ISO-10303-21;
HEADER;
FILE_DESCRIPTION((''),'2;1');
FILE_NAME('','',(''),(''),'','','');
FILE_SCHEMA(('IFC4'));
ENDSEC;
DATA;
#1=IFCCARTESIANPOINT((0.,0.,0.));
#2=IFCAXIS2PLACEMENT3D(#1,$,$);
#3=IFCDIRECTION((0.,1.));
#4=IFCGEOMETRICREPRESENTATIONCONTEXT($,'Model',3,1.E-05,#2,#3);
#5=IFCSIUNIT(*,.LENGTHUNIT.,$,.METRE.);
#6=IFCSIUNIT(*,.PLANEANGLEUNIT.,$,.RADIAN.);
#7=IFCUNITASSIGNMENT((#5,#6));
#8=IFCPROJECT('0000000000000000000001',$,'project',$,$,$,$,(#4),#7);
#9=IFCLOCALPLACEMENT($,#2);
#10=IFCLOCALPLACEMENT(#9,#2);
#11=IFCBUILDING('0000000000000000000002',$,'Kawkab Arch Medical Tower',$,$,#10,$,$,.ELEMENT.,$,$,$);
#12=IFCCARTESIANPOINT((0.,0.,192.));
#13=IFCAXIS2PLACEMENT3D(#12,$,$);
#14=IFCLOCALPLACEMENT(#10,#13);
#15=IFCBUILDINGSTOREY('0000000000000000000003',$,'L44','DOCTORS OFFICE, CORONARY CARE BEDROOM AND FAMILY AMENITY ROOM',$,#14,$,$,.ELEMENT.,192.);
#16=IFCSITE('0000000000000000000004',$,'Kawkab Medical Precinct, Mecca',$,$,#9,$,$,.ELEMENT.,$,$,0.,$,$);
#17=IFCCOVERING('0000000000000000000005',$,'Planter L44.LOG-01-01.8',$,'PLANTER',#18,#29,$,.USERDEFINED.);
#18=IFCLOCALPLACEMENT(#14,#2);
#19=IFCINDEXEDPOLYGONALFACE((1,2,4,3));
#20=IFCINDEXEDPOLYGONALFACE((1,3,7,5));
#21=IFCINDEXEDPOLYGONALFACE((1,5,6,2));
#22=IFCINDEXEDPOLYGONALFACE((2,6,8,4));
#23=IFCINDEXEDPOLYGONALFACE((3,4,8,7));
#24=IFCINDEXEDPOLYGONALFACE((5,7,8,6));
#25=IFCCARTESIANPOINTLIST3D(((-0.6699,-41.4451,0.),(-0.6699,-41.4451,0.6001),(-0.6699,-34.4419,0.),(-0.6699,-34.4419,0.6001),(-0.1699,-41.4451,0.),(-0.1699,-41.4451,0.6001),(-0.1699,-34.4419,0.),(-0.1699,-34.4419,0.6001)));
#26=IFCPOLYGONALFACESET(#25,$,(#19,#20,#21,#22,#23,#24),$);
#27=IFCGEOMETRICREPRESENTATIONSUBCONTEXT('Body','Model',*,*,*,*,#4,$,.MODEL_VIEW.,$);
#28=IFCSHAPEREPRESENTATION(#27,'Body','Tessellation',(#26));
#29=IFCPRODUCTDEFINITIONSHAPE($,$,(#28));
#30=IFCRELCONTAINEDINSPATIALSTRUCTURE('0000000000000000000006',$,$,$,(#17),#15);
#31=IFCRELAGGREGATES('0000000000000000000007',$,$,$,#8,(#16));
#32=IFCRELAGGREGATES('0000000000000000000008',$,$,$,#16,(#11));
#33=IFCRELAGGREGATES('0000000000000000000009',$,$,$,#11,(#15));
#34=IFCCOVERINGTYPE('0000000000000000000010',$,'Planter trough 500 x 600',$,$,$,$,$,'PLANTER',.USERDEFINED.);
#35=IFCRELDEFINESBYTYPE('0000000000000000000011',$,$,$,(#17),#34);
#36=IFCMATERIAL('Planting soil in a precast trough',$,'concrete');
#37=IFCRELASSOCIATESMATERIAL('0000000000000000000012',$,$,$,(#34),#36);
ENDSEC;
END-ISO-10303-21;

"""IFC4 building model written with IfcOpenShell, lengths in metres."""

from ifc_helpers import new_model, si_unit, direction, frame, origin, origin_2d, place, context, subcontext, project, spatial, rectangle, extrude, material, material_profile, profile_set, type_object, element, save


model = new_model("IFC4")

# Units and contexts
model_context = context("Model", 3, precision=1e-05, world=origin(), true_north=direction((0.0, 1.0)))
body_context = subcontext(model_context, "Body", "Model", "MODEL_VIEW")
ifc_project = project(units=[si_unit("LENGTHUNIT", "METRE"), si_unit("PLANEANGLEUNIT", "RADIAN")], contexts=[model_context])

# Site, building, storey
site_placement = place(None, origin())
site = spatial("IfcSite", under=ifc_project, at=site_placement, Name="Kawkab Medical Precinct, Mecca", CompositionType="ELEMENT", RefElevation=0.0)
building_placement = place(site_placement, origin())
building = spatial("IfcBuilding", under=site, at=building_placement, Name="Kawkab Arch Medical Tower", CompositionType="ELEMENT")
storey_placement = place(building_placement, frame((0.0, 0.0, 192.0)))
storey = spatial("IfcBuildingStorey", under=building, at=storey_placement, Name="L44", Description="DOCTORS OFFICE, CORONARY CARE BEDROOM AND FAMILY AMENITY ROOM", CompositionType="ELEMENT", Elevation=192.0)

# Covering
ifc_material_1 = material(Name="Planting soil in a precast trough", Category="concrete")
ifc_material_profile_1 = material_profile(ifc_material_1, rectangle(XDim=0.5, YDim=0.6001, at=origin_2d()), Name="Trough 500x600")
ifc_profile_set_1 = profile_set([ifc_material_profile_1], Name="Planting soil in a precast trough")
covering_type_1 = type_object("IfcCoveringType", Name="Planter trough 500 x 600", ElementType="PLANTER", PredefinedType="USERDEFINED", material=ifc_profile_set_1)
covering_1_placement = place(storey_placement, frame((-0.4199, -41.4451, 0.3), z_axis=(0.0, 1.0, 0.0), x_axis=(-1.0, 0.0, 0.0)))
element("IfcCovering", 1, at=covering_1_placement, inside=storey, type_object=covering_type_1, Name="Planter L44.LOG-01-01.8", ObjectType="PLANTER", PredefinedType="USERDEFINED", context=body_context, shape_type="SweptSolid", body=[
    extrude(rectangle(XDim=0.5, YDim=0.6001, at=origin_2d()), origin(), (0.0, 0.0, 1.0), 7.0032),
])

save(model, "model.ifc")
